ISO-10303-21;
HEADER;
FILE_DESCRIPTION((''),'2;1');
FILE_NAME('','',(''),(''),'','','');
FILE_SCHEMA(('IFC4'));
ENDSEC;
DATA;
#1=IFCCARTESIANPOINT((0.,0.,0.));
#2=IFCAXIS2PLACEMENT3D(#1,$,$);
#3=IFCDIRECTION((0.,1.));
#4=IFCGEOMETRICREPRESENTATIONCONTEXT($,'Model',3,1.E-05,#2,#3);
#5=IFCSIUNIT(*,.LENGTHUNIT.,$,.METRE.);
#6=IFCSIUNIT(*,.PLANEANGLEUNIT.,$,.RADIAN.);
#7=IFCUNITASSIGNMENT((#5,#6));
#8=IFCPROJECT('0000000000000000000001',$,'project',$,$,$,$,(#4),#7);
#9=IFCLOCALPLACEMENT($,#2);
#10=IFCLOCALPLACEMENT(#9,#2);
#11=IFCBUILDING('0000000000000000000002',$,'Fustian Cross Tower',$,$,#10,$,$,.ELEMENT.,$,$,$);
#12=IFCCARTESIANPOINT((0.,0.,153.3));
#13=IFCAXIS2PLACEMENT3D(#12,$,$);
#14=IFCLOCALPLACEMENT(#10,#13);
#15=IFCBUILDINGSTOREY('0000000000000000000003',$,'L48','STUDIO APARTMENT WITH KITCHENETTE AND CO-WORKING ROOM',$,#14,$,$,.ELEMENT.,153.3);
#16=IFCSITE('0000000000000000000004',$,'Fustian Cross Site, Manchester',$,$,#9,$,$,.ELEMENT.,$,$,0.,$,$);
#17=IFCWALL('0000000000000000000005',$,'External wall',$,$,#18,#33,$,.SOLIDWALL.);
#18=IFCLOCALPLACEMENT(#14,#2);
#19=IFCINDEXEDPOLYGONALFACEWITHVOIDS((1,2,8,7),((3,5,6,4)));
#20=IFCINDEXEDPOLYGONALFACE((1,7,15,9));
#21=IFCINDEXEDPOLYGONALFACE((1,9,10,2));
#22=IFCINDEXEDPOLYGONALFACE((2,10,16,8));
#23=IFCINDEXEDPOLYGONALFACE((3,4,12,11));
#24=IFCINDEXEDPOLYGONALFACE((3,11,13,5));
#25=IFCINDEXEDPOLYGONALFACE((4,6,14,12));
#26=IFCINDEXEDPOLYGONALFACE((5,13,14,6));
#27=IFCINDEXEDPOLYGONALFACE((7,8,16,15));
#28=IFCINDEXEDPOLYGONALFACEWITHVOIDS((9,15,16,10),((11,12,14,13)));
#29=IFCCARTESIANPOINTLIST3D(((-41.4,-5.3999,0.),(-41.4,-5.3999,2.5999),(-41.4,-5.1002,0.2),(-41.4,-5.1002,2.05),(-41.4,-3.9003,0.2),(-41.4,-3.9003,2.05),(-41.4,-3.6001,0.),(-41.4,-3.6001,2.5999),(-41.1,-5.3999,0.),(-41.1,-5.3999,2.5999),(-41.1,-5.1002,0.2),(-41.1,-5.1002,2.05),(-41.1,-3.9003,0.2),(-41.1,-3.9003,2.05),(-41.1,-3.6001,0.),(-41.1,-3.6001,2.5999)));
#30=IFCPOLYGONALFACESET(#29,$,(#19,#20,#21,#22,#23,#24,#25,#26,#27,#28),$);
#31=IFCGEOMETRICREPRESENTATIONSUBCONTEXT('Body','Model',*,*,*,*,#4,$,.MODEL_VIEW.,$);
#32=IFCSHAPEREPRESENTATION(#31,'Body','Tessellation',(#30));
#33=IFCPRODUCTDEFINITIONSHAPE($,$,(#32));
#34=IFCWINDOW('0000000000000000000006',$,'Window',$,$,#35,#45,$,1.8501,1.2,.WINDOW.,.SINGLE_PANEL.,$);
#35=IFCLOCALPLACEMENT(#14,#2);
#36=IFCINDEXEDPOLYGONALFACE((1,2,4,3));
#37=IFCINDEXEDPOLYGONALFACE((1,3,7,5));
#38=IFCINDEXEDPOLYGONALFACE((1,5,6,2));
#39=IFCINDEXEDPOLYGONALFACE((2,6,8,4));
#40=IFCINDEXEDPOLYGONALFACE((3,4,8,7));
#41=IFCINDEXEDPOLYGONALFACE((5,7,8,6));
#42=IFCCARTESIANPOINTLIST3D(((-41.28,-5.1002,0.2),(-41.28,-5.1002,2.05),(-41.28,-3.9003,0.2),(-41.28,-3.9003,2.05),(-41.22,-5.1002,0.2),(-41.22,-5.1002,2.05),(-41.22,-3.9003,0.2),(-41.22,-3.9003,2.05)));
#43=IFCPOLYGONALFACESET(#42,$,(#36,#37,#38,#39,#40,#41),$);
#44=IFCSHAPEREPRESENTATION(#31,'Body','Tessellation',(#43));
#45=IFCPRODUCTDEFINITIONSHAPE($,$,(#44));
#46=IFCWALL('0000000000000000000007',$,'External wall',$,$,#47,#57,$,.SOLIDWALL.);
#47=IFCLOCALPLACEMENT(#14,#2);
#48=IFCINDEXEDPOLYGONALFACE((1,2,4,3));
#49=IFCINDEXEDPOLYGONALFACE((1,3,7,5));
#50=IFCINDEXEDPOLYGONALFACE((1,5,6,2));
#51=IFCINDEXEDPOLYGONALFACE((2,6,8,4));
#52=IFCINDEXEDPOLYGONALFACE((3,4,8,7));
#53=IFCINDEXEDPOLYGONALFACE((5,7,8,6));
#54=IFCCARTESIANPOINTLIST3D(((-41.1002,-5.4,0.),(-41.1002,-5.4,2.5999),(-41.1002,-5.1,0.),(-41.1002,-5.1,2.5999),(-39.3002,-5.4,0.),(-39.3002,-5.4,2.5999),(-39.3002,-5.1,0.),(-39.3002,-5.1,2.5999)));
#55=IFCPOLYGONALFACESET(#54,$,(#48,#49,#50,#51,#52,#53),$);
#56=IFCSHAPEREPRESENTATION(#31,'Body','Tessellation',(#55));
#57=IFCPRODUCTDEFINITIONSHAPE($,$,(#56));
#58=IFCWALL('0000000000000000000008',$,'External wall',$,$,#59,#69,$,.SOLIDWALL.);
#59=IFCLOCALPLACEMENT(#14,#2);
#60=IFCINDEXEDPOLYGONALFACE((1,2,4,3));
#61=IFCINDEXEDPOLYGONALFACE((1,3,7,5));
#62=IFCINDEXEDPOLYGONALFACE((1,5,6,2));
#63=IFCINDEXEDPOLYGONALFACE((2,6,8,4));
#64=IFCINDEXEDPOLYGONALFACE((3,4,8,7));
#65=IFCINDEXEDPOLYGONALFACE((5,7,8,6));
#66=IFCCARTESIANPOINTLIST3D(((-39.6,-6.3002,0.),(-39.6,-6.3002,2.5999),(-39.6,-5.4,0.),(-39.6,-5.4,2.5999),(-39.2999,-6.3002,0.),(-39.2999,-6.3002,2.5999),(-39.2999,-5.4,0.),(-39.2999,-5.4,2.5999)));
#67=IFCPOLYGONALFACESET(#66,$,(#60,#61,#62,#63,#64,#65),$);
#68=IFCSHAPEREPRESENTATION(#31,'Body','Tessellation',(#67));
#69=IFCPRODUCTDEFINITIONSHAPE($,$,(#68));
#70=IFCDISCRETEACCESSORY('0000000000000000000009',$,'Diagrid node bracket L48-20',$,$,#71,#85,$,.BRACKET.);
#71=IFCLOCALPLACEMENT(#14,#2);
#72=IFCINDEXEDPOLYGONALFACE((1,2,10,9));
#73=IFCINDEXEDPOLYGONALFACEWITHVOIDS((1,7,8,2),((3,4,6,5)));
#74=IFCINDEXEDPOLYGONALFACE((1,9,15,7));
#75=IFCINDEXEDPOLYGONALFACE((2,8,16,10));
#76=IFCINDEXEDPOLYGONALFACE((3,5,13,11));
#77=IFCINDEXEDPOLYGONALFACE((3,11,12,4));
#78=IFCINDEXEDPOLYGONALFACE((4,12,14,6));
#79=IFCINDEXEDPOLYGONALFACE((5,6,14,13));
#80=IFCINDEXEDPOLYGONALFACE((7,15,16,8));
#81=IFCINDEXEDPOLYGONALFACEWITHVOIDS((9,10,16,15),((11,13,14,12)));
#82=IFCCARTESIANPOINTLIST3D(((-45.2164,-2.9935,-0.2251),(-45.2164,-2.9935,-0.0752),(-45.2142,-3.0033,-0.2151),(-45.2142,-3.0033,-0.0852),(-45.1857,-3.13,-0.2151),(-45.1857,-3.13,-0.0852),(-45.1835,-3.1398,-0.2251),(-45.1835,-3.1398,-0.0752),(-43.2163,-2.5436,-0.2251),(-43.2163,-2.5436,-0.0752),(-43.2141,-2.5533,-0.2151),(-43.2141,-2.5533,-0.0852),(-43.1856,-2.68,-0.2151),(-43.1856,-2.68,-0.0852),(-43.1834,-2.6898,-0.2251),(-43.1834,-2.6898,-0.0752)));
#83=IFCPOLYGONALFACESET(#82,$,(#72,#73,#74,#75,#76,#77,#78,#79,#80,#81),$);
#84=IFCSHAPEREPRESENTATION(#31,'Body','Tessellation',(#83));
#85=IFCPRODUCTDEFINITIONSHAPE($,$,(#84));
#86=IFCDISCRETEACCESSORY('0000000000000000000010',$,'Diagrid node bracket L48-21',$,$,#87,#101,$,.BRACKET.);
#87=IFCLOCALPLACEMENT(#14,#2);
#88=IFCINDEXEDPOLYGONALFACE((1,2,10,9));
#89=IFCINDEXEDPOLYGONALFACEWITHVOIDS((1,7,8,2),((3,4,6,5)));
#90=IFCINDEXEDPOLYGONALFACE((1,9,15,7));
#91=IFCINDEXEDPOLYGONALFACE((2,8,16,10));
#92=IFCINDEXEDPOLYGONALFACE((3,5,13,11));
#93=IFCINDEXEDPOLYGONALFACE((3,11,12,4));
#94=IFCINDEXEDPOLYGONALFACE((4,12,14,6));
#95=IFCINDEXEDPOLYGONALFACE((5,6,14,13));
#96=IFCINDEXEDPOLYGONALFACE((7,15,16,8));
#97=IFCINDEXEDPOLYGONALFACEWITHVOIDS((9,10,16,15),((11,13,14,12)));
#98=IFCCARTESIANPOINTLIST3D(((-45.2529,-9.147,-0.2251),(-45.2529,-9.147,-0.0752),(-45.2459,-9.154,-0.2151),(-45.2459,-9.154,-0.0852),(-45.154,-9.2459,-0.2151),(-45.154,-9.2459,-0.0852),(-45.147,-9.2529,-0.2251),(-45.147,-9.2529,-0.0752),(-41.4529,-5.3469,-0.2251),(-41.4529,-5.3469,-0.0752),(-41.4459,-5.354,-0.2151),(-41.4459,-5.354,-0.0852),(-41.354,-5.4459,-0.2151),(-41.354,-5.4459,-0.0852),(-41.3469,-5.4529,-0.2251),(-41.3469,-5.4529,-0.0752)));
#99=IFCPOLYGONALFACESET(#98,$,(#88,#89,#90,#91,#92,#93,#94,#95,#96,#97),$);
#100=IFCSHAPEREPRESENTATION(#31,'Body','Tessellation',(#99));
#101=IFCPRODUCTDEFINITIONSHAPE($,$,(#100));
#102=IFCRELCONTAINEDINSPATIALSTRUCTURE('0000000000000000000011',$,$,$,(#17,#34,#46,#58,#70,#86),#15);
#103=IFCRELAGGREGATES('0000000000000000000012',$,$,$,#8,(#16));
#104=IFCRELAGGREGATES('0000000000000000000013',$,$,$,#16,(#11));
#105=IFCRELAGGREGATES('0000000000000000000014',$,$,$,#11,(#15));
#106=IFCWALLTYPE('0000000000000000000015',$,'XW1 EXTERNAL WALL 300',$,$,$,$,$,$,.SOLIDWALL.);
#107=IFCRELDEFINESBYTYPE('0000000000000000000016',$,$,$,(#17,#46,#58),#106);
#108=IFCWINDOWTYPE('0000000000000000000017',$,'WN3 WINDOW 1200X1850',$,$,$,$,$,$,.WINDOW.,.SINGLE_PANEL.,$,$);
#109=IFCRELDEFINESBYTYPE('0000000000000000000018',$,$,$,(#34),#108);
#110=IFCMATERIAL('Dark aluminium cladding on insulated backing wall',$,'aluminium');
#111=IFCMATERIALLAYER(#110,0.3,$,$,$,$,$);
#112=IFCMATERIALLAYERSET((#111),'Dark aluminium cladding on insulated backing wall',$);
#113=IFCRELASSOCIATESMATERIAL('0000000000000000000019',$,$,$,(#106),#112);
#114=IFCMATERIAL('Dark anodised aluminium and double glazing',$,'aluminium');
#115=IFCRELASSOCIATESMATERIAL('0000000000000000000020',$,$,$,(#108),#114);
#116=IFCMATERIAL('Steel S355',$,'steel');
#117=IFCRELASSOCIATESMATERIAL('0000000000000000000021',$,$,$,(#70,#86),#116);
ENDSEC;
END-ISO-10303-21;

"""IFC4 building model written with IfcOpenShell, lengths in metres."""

from ifc_helpers import new_model, si_unit, direction, frame, frame_2d, origin, origin_2d, place, context, subcontext, project, spatial, rectangle, hollow_rectangle, extrude, material, layer, layer_set, type_object, element, fill, save


model = new_model("IFC4")

# Units and contexts
model_context = context("Model", 3, precision=1e-05, world=origin(), true_north=direction((0.0, 1.0)))
body_context = subcontext(model_context, "Body", "Model", "MODEL_VIEW")
ifc_project = project(units=[si_unit("LENGTHUNIT", "METRE"), si_unit("PLANEANGLEUNIT", "RADIAN")], contexts=[model_context])

# Site, building, storey
site_placement = place(None, origin())
site = spatial("IfcSite", under=ifc_project, at=site_placement, Name="Fustian Cross Site, Manchester", CompositionType="ELEMENT", RefElevation=0.0)
building_placement = place(site_placement, origin())
building = spatial("IfcBuilding", under=site, at=building_placement, Name="Fustian Cross Tower", CompositionType="ELEMENT")
storey_placement = place(building_placement, frame((0.0, 0.0, 153.3)))
storey = spatial("IfcBuildingStorey", under=building, at=storey_placement, Name="L48", Description="STUDIO APARTMENT WITH KITCHENETTE AND CO-WORKING ROOM", CompositionType="ELEMENT", Elevation=153.3)

# Shared definitions
ifc_material_1 = material(Name="Dark aluminium cladding on insulated backing wall", Category="aluminium")
ifc_layer_1 = layer(ifc_material_1, 0.3)
ifc_layer_set_1 = layer_set([ifc_layer_1], Name="Dark aluminium cladding on insulated backing wall")
wall_type_1 = type_object("IfcWallType", Name="XW1 EXTERNAL WALL 300", PredefinedType="SOLIDWALL", material=ifc_layer_set_1)

# Wall, opening, window
wall_1_placement = place(storey_placement, frame((-41.25, -3.6001, 0.0), z_axis=(0.0, 0.0, 1.0), x_axis=(0.0, -1.0, 0.0)))
wall_1 = element("IfcWall", 1, at=wall_1_placement, inside=storey, type_object=wall_type_1, Name="External wall", PredefinedType="SOLIDWALL", context=body_context, shape_type="SweptSolid", body=[
    extrude(rectangle(XDim=1.7998, YDim=0.3, at=frame_2d((0.8999, 0.0))), origin(), (0.0, 0.0, 1.0), 2.5999),
])
opening_placement = place(wall_1_placement, frame((0.3, 0.0, 0.2)))
opening = element("IfcOpeningElement", 2, at=opening_placement, cuts=wall_1, PredefinedType="OPENING", context=body_context, shape_type="SweptSolid", body=[
    extrude(rectangle(XDim=1.2, YDim=1.8501, at=frame_2d((0.6001, 0.925))), frame((0.0, 0.1599, 0.0), z_axis=(0.0, -1.0, 0.0), x_axis=(1.0, 0.0, 0.0)), (0.0, 0.0, 1.0), 0.3201),
])
ifc_material_2 = material(Name="Dark anodised aluminium and double glazing", Category="aluminium")
window_type = type_object("IfcWindowType", Name="WN3 WINDOW 1200X1850", PartitioningType="SINGLE_PANEL", PredefinedType="WINDOW", material=ifc_material_2)
window_placement = place(opening_placement, origin())
window = element("IfcWindow", 3, at=window_placement, inside=storey, type_object=window_type, Name="Window", OverallHeight=1.8501, OverallWidth=1.2, PartitioningType="SINGLE_PANEL", PredefinedType="WINDOW", context=body_context, shape_type="SweptSolid", body=[
    extrude(rectangle(XDim=1.2, YDim=1.8501, at=frame_2d((0.6001, 0.925))), frame((0.0, 0.03, 0.0), z_axis=(0.0, -1.0, 0.0), x_axis=(1.0, 0.0, 0.0)), (0.0, 0.0, 1.0), 0.0601),
])
fill(opening, window)

# Walls
wall_2_placement = place(storey_placement, frame((-41.1001, -5.25, 0.0), z_axis=(0.0, 0.0, 1.0), x_axis=(1.0, 0.0, 0.0)))
element("IfcWall", 4, at=wall_2_placement, inside=storey, type_object=wall_type_1, Name="External wall", PredefinedType="SOLIDWALL", context=body_context, shape_type="SweptSolid", body=[
    extrude(rectangle(XDim=1.8, YDim=0.3, at=frame_2d((0.8999, 0.0))), origin(), (0.0, 0.0, 1.0), 2.5999),
])
wall_3_placement = place(storey_placement, frame((-39.45, -5.3999, 0.0), z_axis=(0.0, 0.0, 1.0), x_axis=(0.0, -1.0, 0.0)))
element("IfcWall", 5, at=wall_3_placement, inside=storey, type_object=wall_type_1, Name="External wall", PredefinedType="SOLIDWALL", context=body_context, shape_type="SweptSolid", body=[
    extrude(rectangle(XDim=0.9001, YDim=0.3, at=frame_2d((0.4502, 0.0))), origin(), (0.0, 0.0, 1.0), 2.5999),
])

# Discrete accessories
ifc_material_3 = material(Name="Steel S355", Category="steel")
discrete_accessory_1_placement = place(storey_placement, frame((-45.2, -3.0667, -0.1501), z_axis=(0.975615, 0.21949, 0.0), x_axis=(-0.21949, 0.975615, 0.0)))
element("IfcDiscreteAccessory", 6, at=discrete_accessory_1_placement, inside=storey, material=ifc_material_3, Name="Diagrid node bracket L48-20", PredefinedType="BRACKET", context=body_context, shape_type="SweptSolid", body=[
    extrude(hollow_rectangle(XDim=0.1499, YDim=0.1499, WallThickness=0.01, at=origin_2d()), origin(), (0.0, 0.0, 1.0), 2.05),
])
discrete_accessory_2_placement = place(storey_placement, frame((-45.2, -9.2, -0.1501), z_axis=(0.707107, 0.707107, 0.0), x_axis=(-0.707107, 0.707107, 0.0)))
element("IfcDiscreteAccessory", 7, at=discrete_accessory_2_placement, inside=storey, material=ifc_material_3, Name="Diagrid node bracket L48-21", PredefinedType="BRACKET", context=body_context, shape_type="SweptSolid", body=[
    extrude(hollow_rectangle(XDim=0.1499, YDim=0.1499, WallThickness=0.01, at=origin_2d()), origin(), (0.0, 0.0, 1.0), 5.374),
])

save(model, "model.ifc")
